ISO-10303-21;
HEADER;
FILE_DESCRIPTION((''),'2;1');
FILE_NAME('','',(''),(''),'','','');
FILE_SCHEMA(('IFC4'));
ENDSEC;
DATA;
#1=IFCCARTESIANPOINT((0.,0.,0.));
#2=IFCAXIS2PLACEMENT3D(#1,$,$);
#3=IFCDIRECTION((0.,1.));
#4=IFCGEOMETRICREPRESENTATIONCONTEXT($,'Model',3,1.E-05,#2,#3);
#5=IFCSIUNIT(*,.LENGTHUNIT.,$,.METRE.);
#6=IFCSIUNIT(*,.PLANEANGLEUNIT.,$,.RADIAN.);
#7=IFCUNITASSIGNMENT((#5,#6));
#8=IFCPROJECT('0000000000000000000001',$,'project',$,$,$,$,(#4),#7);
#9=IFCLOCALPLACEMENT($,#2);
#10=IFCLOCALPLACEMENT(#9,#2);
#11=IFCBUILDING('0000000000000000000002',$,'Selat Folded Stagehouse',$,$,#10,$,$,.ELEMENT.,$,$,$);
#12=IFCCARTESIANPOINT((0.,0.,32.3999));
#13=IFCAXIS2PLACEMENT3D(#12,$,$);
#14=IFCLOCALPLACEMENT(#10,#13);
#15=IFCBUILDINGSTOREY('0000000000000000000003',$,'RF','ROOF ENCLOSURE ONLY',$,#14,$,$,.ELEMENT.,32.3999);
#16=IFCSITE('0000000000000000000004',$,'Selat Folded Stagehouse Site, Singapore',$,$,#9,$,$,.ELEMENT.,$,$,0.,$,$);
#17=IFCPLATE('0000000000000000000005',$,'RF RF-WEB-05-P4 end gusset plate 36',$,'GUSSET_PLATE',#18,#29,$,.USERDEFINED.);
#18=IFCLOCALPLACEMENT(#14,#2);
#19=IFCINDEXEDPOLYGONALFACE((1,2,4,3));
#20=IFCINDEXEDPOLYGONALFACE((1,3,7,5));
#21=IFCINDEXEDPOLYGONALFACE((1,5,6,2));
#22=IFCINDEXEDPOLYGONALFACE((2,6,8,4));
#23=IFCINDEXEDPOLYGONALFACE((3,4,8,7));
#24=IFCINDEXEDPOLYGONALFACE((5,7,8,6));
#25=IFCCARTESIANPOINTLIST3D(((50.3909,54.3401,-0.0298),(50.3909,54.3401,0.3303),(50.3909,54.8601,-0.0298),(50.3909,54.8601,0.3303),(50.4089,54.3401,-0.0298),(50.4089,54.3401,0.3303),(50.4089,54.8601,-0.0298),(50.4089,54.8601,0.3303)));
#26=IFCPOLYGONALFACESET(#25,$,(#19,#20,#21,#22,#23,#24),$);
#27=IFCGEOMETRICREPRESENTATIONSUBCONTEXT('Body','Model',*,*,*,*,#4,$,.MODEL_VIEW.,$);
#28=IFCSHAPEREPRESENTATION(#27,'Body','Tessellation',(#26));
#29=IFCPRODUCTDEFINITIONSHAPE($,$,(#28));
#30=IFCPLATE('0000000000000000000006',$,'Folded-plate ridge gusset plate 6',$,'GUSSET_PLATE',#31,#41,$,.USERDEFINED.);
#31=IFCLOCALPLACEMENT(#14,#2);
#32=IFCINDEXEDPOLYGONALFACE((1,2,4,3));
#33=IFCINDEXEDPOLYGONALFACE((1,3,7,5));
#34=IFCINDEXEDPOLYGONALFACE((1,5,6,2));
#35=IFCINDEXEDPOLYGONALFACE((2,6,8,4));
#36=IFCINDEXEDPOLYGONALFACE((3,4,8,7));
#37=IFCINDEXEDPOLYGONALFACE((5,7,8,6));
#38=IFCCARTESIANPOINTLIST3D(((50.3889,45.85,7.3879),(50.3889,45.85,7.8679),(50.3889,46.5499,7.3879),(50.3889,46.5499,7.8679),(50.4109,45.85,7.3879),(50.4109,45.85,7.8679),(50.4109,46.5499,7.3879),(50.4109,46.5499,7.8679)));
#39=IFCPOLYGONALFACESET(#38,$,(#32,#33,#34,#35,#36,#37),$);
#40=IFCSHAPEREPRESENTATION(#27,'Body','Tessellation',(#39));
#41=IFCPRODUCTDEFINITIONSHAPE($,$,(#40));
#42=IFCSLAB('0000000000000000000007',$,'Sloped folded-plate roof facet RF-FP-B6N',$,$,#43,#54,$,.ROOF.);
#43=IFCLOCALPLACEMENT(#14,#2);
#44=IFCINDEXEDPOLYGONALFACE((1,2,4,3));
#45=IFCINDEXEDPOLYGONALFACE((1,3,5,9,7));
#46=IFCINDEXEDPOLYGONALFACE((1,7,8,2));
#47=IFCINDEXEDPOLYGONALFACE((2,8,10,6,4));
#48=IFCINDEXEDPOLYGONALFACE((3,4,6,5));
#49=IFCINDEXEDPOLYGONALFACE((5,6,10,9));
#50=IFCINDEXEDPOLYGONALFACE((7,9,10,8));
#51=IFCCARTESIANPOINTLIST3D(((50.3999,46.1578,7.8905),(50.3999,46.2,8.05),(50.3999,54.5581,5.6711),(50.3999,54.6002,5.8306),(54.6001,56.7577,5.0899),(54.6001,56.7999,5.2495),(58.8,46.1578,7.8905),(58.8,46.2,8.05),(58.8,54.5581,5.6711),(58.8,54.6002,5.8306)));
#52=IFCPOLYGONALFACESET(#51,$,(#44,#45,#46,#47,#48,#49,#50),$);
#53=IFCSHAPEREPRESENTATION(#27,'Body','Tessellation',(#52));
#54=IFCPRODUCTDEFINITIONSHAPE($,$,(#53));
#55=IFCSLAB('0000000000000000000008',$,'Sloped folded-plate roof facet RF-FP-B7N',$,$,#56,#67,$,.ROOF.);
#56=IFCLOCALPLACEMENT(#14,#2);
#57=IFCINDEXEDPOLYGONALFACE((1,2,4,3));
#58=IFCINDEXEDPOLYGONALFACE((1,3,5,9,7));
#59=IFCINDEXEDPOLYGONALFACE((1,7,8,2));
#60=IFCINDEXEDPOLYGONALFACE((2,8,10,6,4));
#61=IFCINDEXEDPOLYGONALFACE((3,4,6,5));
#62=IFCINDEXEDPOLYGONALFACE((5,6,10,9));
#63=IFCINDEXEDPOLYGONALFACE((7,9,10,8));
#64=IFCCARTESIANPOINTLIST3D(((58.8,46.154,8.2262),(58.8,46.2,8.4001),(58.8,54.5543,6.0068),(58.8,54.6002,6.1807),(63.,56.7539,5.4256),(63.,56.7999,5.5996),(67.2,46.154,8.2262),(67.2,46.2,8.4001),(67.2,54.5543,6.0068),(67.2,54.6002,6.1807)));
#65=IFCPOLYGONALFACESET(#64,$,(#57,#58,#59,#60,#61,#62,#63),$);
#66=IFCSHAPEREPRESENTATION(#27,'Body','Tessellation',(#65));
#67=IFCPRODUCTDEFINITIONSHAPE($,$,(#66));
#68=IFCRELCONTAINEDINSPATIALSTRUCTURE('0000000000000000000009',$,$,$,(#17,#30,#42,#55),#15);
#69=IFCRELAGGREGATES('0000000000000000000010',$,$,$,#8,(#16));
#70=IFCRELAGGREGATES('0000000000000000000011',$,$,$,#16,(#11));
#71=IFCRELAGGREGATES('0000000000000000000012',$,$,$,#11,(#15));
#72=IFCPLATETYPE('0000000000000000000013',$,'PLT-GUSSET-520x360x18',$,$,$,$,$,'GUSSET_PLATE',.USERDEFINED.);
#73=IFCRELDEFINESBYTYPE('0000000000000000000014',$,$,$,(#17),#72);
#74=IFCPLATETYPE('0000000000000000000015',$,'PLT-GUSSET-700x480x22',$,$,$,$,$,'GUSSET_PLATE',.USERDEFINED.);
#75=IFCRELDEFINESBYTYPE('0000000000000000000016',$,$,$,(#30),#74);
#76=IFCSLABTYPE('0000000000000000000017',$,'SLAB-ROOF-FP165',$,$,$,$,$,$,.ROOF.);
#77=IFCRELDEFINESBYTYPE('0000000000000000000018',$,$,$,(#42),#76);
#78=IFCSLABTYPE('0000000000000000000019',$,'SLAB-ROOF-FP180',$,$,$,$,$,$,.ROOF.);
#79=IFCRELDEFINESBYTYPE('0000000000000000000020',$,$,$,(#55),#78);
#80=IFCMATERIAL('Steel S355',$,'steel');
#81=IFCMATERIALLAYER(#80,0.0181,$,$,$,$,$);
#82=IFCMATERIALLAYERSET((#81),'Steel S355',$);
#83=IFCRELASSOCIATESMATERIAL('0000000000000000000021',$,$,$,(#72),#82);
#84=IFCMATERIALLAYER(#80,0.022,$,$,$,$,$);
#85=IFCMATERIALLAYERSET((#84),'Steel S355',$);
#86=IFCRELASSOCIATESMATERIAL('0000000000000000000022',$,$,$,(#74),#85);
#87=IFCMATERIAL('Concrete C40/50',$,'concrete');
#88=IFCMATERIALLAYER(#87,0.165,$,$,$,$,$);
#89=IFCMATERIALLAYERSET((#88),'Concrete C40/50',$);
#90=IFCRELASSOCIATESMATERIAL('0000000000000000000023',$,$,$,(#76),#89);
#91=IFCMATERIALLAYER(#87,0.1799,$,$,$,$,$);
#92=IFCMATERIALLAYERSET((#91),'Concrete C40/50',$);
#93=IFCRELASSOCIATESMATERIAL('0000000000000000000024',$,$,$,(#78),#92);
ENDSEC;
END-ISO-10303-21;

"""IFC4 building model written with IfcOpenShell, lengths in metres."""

from ifc_helpers import new_model, si_unit, direction, frame, origin, origin_2d, place, context, subcontext, project, spatial, polyline, rectangle, outline, extrude, material, layer, layer_set, type_object, element, save


model = new_model("IFC4")

# Units and contexts
model_context = context("Model", 3, precision=1e-05, world=origin(), true_north=direction((0.0, 1.0)))
body_context = subcontext(model_context, "Body", "Model", "MODEL_VIEW")
ifc_project = project(units=[si_unit("LENGTHUNIT", "METRE"), si_unit("PLANEANGLEUNIT", "RADIAN")], contexts=[model_context])

# Site, building, storey
site_placement = place(None, origin())
site = spatial("IfcSite", under=ifc_project, at=site_placement, Name="Selat Folded Stagehouse Site, Singapore", CompositionType="ELEMENT", RefElevation=0.0)
building_placement = place(site_placement, origin())
building = spatial("IfcBuilding", under=site, at=building_placement, Name="Selat Folded Stagehouse", CompositionType="ELEMENT")
storey_placement = place(building_placement, frame((0.0, 0.0, 32.3999)))
storey = spatial("IfcBuildingStorey", under=building, at=storey_placement, Name="RF", Description="ROOF ENCLOSURE ONLY", CompositionType="ELEMENT", Elevation=32.3999)

# Shared definitions
ifc_material_1 = material(Name="Steel S355", Category="steel")

# Plates
ifc_layer_1 = layer(ifc_material_1, 0.0181)
ifc_layer_set_1 = layer_set([ifc_layer_1], Name="Steel S355")
plate_type_1 = type_object("IfcPlateType", Name="PLT-GUSSET-520x360x18", ElementType="GUSSET_PLATE", PredefinedType="USERDEFINED", material=ifc_layer_set_1)
plate_1_placement = place(storey_placement, frame((50.3999, 54.6001, -0.0298), z_axis=(0.0, 0.0, 1.0), x_axis=(0.0, 1.0, 0.0)))
element("IfcPlate", 1, at=plate_1_placement, inside=storey, type_object=plate_type_1, Name="RF RF-WEB-05-P4 end gusset plate 36", ObjectType="GUSSET_PLATE", PredefinedType="USERDEFINED", context=body_context, shape_type="SweptSolid", body=[
    extrude(rectangle(XDim=0.52, YDim=0.0181, at=origin_2d()), origin(), (0.0, 0.0, 1.0), 0.3601),
])
ifc_layer_2 = layer(ifc_material_1, 0.022)
ifc_layer_set_2 = layer_set([ifc_layer_2], Name="Steel S355")
plate_type_2 = type_object("IfcPlateType", Name="PLT-GUSSET-700x480x22", ElementType="GUSSET_PLATE", PredefinedType="USERDEFINED", material=ifc_layer_set_2)
plate_2_placement = place(storey_placement, frame((50.3999, 46.2, 7.3879), z_axis=(0.0, 0.0, 1.0), x_axis=(1.0, 0.0, 0.0)))
element("IfcPlate", 2, at=plate_2_placement, inside=storey, type_object=plate_type_2, Name="Folded-plate ridge gusset plate 6", ObjectType="GUSSET_PLATE", PredefinedType="USERDEFINED", context=body_context, shape_type="SweptSolid", body=[
    extrude(rectangle(XDim=0.022, YDim=0.7, at=origin_2d()), origin(), (0.0, 0.0, 1.0), 0.48),
])

# Slabs
ifc_material_2 = material(Name="Concrete C40/50", Category="concrete")
ifc_layer_3 = layer(ifc_material_2, 0.165)
ifc_layer_set_3 = layer_set([ifc_layer_3], Name="Concrete C40/50")
slab_type_1 = type_object("IfcSlabType", Name="SLAB-ROOF-FP165", PredefinedType="ROOF", material=ifc_layer_set_3)
slab_1_placement = place(storey_placement, frame((50.3999, 46.2, 8.05), z_axis=(0.0, 0.255443, 0.966824), x_axis=(1.0, 0.0, 0.0)))
element("IfcSlab", 3, at=slab_1_placement, inside=storey, type_object=slab_type_1, Name="Sloped folded-plate roof facet RF-FP-B6N", PredefinedType="ROOF", context=body_context, shape_type="SweptSolid", body=[
    extrude(outline(polyline([(0.0, 0.0), (8.4001, 0.0), (8.4001, 8.6885), (4.2002, 10.9637), (0.0, 8.6885), (0.0, 0.0)])), origin(), (0.0, 0.0, -1.0), 0.165),
])
ifc_layer_4 = layer(ifc_material_2, 0.1799)
ifc_layer_set_4 = layer_set([ifc_layer_4], Name="Concrete C40/50")
slab_type_2 = type_object("IfcSlabType", Name="SLAB-ROOF-FP180", PredefinedType="ROOF", material=ifc_layer_set_4)
slab_2_placement = place(storey_placement, frame((58.8, 46.2, 8.4001), z_axis=(0.0, 0.255443, 0.966824), x_axis=(1.0, 0.0, 0.0)))
element("IfcSlab", 4, at=slab_2_placement, inside=storey, type_object=slab_type_2, Name="Sloped folded-plate roof facet RF-FP-B7N", PredefinedType="ROOF", context=body_context, shape_type="SweptSolid", body=[
    extrude(outline(polyline([(0.0, 0.0), (8.3999, 0.0), (8.3999, 8.6885), (4.2, 10.9637), (0.0, 8.6885), (0.0, 0.0)])), origin(), (0.0, 0.0, -1.0), 0.1799),
])

save(model, "model.ifc")
